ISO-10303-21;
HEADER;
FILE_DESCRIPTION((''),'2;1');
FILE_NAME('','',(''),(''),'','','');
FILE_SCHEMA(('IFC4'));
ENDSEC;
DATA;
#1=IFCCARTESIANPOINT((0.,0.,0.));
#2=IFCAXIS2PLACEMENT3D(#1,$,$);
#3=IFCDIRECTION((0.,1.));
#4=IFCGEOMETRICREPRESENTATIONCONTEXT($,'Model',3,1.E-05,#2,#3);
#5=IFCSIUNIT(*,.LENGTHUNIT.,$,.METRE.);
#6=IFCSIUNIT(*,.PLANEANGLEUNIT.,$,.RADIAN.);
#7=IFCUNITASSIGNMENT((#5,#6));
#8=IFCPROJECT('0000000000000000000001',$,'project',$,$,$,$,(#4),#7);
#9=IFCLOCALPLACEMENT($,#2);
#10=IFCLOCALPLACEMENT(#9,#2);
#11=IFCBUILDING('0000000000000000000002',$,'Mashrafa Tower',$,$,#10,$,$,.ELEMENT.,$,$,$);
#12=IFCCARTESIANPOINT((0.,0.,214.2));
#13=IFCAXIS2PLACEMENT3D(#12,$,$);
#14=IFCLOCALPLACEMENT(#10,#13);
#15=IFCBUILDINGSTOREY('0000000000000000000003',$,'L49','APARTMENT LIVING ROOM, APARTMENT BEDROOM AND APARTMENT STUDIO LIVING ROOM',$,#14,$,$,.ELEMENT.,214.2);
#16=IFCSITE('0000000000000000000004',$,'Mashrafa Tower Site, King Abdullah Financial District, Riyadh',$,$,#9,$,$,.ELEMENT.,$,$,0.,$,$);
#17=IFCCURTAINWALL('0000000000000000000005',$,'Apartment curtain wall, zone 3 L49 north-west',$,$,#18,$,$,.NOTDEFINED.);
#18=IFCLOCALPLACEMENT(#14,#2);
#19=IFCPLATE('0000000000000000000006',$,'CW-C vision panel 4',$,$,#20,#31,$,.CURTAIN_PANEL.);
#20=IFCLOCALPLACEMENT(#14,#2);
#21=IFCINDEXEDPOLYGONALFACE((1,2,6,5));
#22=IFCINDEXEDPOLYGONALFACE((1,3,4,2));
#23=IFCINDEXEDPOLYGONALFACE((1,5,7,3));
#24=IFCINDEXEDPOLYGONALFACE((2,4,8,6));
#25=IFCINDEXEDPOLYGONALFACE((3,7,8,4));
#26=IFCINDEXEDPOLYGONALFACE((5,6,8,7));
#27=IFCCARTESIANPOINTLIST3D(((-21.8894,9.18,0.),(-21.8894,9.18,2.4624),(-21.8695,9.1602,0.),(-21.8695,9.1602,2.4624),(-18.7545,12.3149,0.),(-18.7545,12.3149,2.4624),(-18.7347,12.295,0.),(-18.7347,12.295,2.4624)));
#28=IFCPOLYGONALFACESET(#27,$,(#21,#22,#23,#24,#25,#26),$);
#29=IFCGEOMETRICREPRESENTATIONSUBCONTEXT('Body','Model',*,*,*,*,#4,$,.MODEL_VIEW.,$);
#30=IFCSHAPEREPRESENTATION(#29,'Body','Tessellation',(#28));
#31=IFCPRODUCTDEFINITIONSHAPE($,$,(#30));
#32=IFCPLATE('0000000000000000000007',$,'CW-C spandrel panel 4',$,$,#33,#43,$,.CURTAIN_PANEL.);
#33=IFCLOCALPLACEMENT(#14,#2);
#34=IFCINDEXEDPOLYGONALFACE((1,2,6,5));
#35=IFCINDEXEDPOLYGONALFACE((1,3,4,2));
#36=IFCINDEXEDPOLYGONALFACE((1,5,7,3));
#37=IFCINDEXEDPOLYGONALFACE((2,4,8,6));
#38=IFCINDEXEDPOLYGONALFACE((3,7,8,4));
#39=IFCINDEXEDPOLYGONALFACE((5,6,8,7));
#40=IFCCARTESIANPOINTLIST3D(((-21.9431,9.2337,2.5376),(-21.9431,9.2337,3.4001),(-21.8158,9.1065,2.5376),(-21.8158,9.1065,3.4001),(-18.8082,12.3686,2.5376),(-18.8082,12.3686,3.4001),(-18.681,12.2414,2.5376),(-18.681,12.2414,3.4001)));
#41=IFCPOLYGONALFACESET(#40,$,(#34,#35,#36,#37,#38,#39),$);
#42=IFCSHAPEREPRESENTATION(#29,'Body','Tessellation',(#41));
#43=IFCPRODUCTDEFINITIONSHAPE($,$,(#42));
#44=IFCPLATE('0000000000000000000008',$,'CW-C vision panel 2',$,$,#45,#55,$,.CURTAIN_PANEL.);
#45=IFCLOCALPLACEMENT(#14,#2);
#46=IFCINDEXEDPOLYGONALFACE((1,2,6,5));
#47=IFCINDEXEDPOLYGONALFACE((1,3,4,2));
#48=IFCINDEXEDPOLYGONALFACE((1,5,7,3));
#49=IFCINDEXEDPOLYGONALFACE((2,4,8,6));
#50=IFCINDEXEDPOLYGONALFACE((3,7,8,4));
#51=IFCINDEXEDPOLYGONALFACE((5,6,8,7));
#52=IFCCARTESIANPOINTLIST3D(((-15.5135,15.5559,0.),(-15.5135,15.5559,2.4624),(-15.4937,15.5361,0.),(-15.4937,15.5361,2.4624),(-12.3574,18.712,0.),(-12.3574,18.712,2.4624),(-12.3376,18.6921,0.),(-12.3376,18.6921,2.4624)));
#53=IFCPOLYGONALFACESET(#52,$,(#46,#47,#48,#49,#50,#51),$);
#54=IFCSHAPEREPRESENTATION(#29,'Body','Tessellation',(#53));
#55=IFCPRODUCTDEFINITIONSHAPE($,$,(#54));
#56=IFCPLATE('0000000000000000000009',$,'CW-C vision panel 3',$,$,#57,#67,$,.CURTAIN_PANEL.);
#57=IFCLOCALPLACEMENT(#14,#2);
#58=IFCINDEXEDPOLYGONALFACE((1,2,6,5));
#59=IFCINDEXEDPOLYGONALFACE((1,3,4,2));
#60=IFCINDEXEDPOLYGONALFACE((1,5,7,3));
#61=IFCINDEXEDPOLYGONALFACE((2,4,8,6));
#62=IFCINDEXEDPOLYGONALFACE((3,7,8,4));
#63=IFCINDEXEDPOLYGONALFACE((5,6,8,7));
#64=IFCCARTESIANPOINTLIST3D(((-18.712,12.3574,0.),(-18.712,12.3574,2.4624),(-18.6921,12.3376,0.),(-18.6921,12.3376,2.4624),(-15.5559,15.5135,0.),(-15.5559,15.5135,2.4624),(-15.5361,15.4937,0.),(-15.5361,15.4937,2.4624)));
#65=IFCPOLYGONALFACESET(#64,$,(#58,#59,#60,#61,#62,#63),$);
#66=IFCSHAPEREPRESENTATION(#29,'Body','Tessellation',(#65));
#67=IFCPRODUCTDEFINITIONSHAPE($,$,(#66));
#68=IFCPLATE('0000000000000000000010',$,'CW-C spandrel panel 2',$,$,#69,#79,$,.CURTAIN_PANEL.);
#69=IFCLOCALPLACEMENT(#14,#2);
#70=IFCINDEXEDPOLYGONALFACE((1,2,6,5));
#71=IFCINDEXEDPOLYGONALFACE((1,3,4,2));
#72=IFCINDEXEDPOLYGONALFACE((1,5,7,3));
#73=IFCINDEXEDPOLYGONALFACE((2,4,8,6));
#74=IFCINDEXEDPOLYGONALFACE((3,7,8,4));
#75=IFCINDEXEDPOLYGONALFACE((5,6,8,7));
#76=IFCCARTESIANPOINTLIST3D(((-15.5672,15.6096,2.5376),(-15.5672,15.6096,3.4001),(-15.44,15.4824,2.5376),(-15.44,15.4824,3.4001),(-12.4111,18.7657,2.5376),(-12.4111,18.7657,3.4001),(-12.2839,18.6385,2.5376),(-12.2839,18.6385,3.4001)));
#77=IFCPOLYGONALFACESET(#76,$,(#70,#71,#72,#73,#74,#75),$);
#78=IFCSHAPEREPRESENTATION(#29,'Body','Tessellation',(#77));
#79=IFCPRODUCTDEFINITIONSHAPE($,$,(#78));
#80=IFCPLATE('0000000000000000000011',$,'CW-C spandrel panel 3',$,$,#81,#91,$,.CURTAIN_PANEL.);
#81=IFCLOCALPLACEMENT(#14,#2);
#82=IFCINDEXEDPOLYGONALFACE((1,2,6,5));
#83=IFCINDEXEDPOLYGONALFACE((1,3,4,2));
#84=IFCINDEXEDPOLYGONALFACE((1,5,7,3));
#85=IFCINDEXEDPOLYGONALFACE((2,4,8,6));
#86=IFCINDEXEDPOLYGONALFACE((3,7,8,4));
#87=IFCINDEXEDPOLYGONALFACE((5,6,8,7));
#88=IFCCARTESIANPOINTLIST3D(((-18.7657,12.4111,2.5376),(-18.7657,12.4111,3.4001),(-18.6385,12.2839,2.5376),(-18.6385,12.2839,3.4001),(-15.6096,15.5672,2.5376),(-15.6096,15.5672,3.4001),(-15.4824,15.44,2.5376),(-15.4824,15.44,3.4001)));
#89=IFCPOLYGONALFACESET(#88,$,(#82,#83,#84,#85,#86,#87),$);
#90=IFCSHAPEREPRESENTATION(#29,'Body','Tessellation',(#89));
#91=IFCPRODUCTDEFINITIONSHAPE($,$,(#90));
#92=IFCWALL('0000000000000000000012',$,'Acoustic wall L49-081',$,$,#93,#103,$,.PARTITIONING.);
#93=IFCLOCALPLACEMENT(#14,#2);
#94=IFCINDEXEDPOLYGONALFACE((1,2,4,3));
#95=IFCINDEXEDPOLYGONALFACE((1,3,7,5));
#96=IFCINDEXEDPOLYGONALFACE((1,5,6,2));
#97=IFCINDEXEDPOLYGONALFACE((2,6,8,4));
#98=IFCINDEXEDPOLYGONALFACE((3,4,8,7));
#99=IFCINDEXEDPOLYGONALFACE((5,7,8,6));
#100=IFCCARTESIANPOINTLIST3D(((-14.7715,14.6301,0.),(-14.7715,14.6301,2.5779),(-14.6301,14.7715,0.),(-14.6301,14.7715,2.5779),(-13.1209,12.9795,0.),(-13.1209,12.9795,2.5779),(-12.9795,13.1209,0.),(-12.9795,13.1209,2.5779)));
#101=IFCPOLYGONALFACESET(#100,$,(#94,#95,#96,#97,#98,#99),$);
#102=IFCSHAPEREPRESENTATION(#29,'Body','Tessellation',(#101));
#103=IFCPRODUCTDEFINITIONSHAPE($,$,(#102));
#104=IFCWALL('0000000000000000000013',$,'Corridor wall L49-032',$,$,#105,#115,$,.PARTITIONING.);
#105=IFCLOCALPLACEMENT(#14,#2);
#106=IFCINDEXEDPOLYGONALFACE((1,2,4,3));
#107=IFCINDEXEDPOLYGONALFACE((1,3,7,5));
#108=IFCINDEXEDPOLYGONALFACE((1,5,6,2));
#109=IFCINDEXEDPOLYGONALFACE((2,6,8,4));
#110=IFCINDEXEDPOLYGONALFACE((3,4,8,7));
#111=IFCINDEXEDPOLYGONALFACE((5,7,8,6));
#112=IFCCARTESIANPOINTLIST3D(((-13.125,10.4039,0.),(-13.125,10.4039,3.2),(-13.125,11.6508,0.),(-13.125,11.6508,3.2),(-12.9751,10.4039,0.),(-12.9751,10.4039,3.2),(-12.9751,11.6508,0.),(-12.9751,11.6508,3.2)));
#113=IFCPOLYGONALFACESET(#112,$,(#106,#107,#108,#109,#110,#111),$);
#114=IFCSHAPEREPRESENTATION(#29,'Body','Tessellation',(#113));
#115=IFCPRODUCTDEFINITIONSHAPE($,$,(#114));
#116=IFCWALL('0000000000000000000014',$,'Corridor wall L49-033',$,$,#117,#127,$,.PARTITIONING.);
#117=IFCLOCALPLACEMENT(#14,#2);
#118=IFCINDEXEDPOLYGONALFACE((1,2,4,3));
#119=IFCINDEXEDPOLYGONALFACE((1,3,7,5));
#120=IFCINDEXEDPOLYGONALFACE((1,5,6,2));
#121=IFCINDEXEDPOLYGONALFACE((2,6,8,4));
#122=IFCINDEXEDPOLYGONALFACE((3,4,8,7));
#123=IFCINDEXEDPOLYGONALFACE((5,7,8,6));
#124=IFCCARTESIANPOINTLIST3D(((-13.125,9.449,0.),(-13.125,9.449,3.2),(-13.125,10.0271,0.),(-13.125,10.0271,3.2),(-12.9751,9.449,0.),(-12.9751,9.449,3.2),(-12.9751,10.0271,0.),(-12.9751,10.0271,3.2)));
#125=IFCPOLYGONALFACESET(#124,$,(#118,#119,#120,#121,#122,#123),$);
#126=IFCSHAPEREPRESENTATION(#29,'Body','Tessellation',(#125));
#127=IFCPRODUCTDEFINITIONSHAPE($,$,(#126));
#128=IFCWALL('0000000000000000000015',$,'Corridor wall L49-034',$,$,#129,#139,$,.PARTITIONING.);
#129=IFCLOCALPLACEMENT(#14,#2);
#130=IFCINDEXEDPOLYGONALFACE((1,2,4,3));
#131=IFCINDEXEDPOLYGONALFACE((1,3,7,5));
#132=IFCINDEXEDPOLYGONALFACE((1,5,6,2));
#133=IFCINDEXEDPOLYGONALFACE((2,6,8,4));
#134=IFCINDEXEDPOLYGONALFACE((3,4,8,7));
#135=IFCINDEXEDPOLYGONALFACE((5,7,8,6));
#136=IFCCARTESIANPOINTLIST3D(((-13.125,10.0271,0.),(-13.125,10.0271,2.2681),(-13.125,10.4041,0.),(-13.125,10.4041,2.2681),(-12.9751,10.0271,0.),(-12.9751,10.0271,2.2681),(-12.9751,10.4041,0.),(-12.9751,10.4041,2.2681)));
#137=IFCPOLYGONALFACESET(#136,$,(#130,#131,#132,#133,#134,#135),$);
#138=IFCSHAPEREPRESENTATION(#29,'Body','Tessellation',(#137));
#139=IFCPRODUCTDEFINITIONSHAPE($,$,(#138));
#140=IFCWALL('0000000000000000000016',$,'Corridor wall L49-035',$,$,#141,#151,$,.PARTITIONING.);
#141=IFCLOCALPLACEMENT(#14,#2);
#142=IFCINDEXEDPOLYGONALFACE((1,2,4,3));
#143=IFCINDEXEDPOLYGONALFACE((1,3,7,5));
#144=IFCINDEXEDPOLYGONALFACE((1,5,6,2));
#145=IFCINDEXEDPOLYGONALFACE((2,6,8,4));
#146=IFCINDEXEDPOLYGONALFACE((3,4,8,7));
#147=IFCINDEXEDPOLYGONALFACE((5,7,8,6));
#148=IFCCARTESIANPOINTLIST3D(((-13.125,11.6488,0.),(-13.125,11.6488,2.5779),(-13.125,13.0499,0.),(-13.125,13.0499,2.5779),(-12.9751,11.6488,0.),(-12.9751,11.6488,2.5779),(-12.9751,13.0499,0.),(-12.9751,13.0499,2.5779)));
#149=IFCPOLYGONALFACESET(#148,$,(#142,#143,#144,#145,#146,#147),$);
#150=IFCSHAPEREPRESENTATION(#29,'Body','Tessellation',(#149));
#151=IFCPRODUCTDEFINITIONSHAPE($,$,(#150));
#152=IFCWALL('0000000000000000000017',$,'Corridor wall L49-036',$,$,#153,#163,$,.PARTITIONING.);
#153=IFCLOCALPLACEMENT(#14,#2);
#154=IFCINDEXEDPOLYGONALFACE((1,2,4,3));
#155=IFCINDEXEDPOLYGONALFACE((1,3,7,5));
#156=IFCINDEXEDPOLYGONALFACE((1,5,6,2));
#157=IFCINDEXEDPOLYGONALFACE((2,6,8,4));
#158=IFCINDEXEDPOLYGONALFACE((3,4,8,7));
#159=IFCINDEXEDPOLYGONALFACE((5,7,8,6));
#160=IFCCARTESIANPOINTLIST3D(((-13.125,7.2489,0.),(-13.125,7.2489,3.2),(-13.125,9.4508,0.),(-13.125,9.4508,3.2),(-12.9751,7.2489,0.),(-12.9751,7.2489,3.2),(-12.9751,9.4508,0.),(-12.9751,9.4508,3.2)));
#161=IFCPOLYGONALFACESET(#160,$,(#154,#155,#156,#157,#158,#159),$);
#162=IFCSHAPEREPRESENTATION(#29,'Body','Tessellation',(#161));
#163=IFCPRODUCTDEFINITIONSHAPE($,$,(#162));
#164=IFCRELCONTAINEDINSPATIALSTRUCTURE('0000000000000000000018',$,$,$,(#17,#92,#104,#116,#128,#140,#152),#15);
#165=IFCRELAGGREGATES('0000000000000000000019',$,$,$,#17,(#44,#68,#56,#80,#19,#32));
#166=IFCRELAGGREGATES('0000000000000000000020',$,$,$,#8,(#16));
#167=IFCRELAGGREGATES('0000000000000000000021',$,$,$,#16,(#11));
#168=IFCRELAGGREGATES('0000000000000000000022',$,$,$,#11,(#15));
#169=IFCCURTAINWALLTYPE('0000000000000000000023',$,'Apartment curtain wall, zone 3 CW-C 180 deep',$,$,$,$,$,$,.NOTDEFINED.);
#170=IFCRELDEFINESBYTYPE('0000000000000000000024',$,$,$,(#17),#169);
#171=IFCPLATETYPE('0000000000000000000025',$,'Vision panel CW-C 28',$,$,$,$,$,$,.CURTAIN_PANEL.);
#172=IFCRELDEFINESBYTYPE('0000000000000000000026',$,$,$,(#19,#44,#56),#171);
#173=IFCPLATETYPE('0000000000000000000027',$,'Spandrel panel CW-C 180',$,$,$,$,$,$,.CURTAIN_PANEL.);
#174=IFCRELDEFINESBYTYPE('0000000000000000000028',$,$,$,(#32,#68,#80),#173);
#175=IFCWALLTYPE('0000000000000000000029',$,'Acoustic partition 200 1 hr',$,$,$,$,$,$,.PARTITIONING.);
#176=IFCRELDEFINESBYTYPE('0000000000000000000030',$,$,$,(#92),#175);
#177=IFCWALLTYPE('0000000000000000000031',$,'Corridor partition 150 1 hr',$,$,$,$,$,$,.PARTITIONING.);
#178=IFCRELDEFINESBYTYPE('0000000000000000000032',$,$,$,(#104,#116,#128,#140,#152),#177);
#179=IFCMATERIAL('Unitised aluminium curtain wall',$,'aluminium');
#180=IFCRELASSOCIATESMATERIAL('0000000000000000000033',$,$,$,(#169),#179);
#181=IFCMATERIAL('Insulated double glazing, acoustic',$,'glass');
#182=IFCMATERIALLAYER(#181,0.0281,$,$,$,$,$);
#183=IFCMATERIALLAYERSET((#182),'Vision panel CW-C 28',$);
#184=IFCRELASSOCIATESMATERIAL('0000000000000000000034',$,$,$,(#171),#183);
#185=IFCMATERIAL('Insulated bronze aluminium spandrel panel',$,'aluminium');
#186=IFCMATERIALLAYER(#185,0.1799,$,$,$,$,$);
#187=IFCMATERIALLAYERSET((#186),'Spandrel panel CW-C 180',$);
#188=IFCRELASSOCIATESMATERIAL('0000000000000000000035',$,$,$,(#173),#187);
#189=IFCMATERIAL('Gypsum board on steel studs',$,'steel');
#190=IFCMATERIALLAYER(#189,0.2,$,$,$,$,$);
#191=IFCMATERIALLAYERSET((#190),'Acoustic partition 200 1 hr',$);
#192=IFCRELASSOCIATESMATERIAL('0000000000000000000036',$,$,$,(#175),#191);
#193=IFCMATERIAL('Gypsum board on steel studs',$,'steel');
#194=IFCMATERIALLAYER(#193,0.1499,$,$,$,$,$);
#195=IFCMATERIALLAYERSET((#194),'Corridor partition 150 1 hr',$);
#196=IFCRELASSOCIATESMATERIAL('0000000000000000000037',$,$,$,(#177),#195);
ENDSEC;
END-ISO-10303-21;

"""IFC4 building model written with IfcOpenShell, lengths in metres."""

from ifc_helpers import new_model, si_unit, direction, frame, frame_2d, origin, origin_2d, place, context, subcontext, project, spatial, rectangle, extrude, source, transform, mapped, material, layer, layer_set, type_object, type_shapes, element, aggregate, save


model = new_model("IFC4")

# Units and contexts
model_context = context("Model", 3, precision=1e-05, world=origin(), true_north=direction((0.0, 1.0)))
body_context = subcontext(model_context, "Body", "Model", "MODEL_VIEW")
ifc_project = project(units=[si_unit("LENGTHUNIT", "METRE"), si_unit("PLANEANGLEUNIT", "RADIAN")], contexts=[model_context])

# Site, building, storey
site_placement = place(None, origin())
site = spatial("IfcSite", under=ifc_project, at=site_placement, Name="Mashrafa Tower Site, King Abdullah Financial District, Riyadh", CompositionType="ELEMENT", RefElevation=0.0)
building_placement = place(site_placement, origin())
building = spatial("IfcBuilding", under=site, at=building_placement, Name="Mashrafa Tower", CompositionType="ELEMENT")
storey_placement = place(building_placement, frame((0.0, 0.0, 214.2)))
storey = spatial("IfcBuildingStorey", under=building, at=storey_placement, Name="L49", Description="APARTMENT LIVING ROOM, APARTMENT BEDROOM AND APARTMENT STUDIO LIVING ROOM", CompositionType="ELEMENT", Elevation=214.2)

# Curtain wall, plates
ifc_material_1 = material(Name="Unitised aluminium curtain wall", Category="aluminium")
curtain_wall_type = type_object("IfcCurtainWallType", Name="Apartment curtain wall, zone 3 CW-C 180 deep", PredefinedType="NOTDEFINED", material=ifc_material_1)
curtain_wall_placement = place(storey_placement, origin())
curtain_wall = element("IfcCurtainWall", 1, at=curtain_wall_placement, inside=storey, type_object=curtain_wall_type, Name="Apartment curtain wall, zone 3 L49 north-west", PredefinedType="NOTDEFINED")
ifc_material_2 = material(Name="Insulated double glazing, acoustic", Category="glass")
ifc_layer_1 = layer(ifc_material_2, 0.0281)
ifc_layer_set_1 = layer_set([ifc_layer_1], Name="Vision panel CW-C 28")
plate_type_1 = type_object("IfcPlateType", Name="Vision panel CW-C 28", PredefinedType="CURTAIN_PANEL", material=ifc_layer_set_1)
shared_shape_1 = source(origin(), body_context, "Body", "SweptSolid", [
    extrude(rectangle(XDim=4.4333, YDim=0.0281, at=origin_2d()), origin(), (0.0, 0.0, 1.0), 2.4624),
])
plate_1_placement = place(storey_placement, frame((-20.312, 10.7375, 0.0), z_axis=(0.0, 0.0, 1.0), x_axis=(-0.707107, -0.707107, 0.0)))
plate_1 = element("IfcPlate", 2, at=plate_1_placement, type_object=plate_type_1, Name="CW-C vision panel 4", PredefinedType="CURTAIN_PANEL", context=body_context, shape_type="MappedRepresentation", body=[
    mapped(shared_shape_1, transform((0.0, 0.0, 0.0))),
])
ifc_material_3 = material(Name="Insulated bronze aluminium spandrel panel", Category="aluminium")
ifc_layer_2 = layer(ifc_material_3, 0.1799)
ifc_layer_set_2 = layer_set([ifc_layer_2], Name="Spandrel panel CW-C 180")
plate_type_2 = type_object("IfcPlateType", Name="Spandrel panel CW-C 180", PredefinedType="CURTAIN_PANEL", material=ifc_layer_set_2)
shared_shape_2 = source(origin(), body_context, "Body", "SweptSolid", [
    extrude(rectangle(XDim=4.4333, YDim=0.1799, at=origin_2d()), origin(), (0.0, 0.0, 1.0), 0.8625),
])
plate_2_placement = place(storey_placement, frame((-20.312, 10.7375, 2.5376), z_axis=(0.0, 0.0, 1.0), x_axis=(-0.707107, -0.707107, 0.0)))
plate_2 = element("IfcPlate", 3, at=plate_2_placement, type_object=plate_type_2, Name="CW-C spandrel panel 4", PredefinedType="CURTAIN_PANEL", context=body_context, shape_type="MappedRepresentation", body=[
    mapped(shared_shape_2, transform((0.0, 0.0, 0.0))),
])
shared_shape_3 = source(origin(), body_context, "Body", "SweptSolid", [
    extrude(rectangle(XDim=4.4634, YDim=0.0281, at=origin_2d()), origin(), (0.0, 0.0, 1.0), 2.4624),
])
type_shapes(plate_type_1, [shared_shape_1, shared_shape_3])
plate_3_placement = place(storey_placement, frame((-13.9255, 17.124, 0.0), z_axis=(0.0, 0.0, 1.0), x_axis=(-0.707107, -0.707107, 0.0)))
plate_3 = element("IfcPlate", 4, at=plate_3_placement, type_object=plate_type_1, Name="CW-C vision panel 2", PredefinedType="CURTAIN_PANEL", context=body_context, shape_type="MappedRepresentation", body=[
    mapped(shared_shape_3, transform((0.0, 0.0, 0.0))),
])
plate_4_placement = place(storey_placement, frame((-17.124, 13.9255, 0.0), z_axis=(0.0, 0.0, 1.0), x_axis=(-0.707107, -0.707107, 0.0)))
plate_4 = element("IfcPlate", 5, at=plate_4_placement, type_object=plate_type_1, Name="CW-C vision panel 3", PredefinedType="CURTAIN_PANEL", context=body_context, shape_type="MappedRepresentation", body=[
    mapped(shared_shape_3, transform((0.0, 0.0, 0.0))),
])
shared_shape_4 = source(origin(), body_context, "Body", "SweptSolid", [
    extrude(rectangle(XDim=4.4634, YDim=0.1799, at=origin_2d()), origin(), (0.0, 0.0, 1.0), 0.8625),
])
type_shapes(plate_type_2, [shared_shape_2, shared_shape_4])
plate_5_placement = place(storey_placement, frame((-13.9255, 17.124, 2.5376), z_axis=(0.0, 0.0, 1.0), x_axis=(-0.707107, -0.707107, 0.0)))
plate_5 = element("IfcPlate", 6, at=plate_5_placement, type_object=plate_type_2, Name="CW-C spandrel panel 2", PredefinedType="CURTAIN_PANEL", context=body_context, shape_type="MappedRepresentation", body=[
    mapped(shared_shape_4, transform((0.0, 0.0, 0.0))),
])
plate_6_placement = place(storey_placement, frame((-17.124, 13.9255, 2.5376), z_axis=(0.0, 0.0, 1.0), x_axis=(-0.707107, -0.707107, 0.0)))
plate_6 = element("IfcPlate", 7, at=plate_6_placement, type_object=plate_type_2, Name="CW-C spandrel panel 3", PredefinedType="CURTAIN_PANEL", context=body_context, shape_type="MappedRepresentation", body=[
    mapped(shared_shape_4, transform((0.0, 0.0, 0.0))),
])
aggregate(curtain_wall, [plate_3, plate_5, plate_4, plate_6, plate_1, plate_2])

# Walls
ifc_material_4 = material(Name="Gypsum board on steel studs", Category="steel")
ifc_layer_3 = layer(ifc_material_4, 0.2)
ifc_layer_set_3 = layer_set([ifc_layer_3], Name="Acoustic partition 200 1 hr")
wall_type_1 = type_object("IfcWallType", Name="Acoustic partition 200 1 hr", PredefinedType="PARTITIONING", material=ifc_layer_set_3)
wall_1_placement = place(storey_placement, frame((-14.7007, 14.7007, 0.0), z_axis=(0.0, 0.0, 1.0), x_axis=(0.707107, -0.707107, 0.0)))
element("IfcWall", 8, at=wall_1_placement, inside=storey, type_object=wall_type_1, Name="Acoustic wall L49-081", PredefinedType="PARTITIONING", context=body_context, shape_type="SweptSolid", body=[
    extrude(rectangle(XDim=2.3342, YDim=0.2, at=frame_2d((1.167, 0.0))), origin(), (0.0, 0.0, 1.0), 2.5779),
])
ifc_material_5 = material(Name="Gypsum board on steel studs", Category="steel")
ifc_layer_4 = layer(ifc_material_5, 0.1499)
ifc_layer_set_4 = layer_set([ifc_layer_4], Name="Corridor partition 150 1 hr")
wall_type_2 = type_object("IfcWallType", Name="Corridor partition 150 1 hr", PredefinedType="PARTITIONING", material=ifc_layer_set_4)
wall_2_placement = place(storey_placement, frame((-13.05, 11.6509, 0.0), z_axis=(0.0, 0.0, 1.0), x_axis=(0.0, -1.0, 0.0)))
element("IfcWall", 9, at=wall_2_placement, inside=storey, type_object=wall_type_2, Name="Corridor wall L49-032", PredefinedType="PARTITIONING", context=body_context, shape_type="SweptSolid", body=[
    extrude(rectangle(XDim=1.2468, YDim=0.1499, at=frame_2d((0.6235, 0.0))), origin(), (0.0, 0.0, 1.0), 3.2),
])
wall_3_placement = place(storey_placement, frame((-13.05, 10.0271, 0.0), z_axis=(0.0, 0.0, 1.0), x_axis=(0.0, -1.0, 0.0)))
element("IfcWall", 10, at=wall_3_placement, inside=storey, type_object=wall_type_2, Name="Corridor wall L49-033", PredefinedType="PARTITIONING", context=body_context, shape_type="SweptSolid", body=[
    extrude(rectangle(XDim=0.5781, YDim=0.1499, at=frame_2d((0.2891, 0.0))), origin(), (0.0, 0.0, 1.0), 3.2),
])
wall_4_placement = place(storey_placement, frame((-13.05, 10.4041, 0.0), z_axis=(0.0, 0.0, 1.0), x_axis=(0.0, -1.0, 0.0)))
element("IfcWall", 11, at=wall_4_placement, inside=storey, type_object=wall_type_2, Name="Corridor wall L49-034", PredefinedType="PARTITIONING", context=body_context, shape_type="SweptSolid", body=[
    extrude(rectangle(XDim=0.377, YDim=0.1499, at=frame_2d((0.1885, 0.0))), origin(), (0.0, 0.0, 1.0), 2.2681),
])
wall_5_placement = place(storey_placement, frame((-13.05, 13.05, 0.0), z_axis=(0.0, 0.0, 1.0), x_axis=(0.0, -1.0, 0.0)))
element("IfcWall", 12, at=wall_5_placement, inside=storey, type_object=wall_type_2, Name="Corridor wall L49-035", PredefinedType="PARTITIONING", context=body_context, shape_type="SweptSolid", body=[
    extrude(rectangle(XDim=1.4011, YDim=0.1499, at=frame_2d((0.7007, 0.0))), origin(), (0.0, 0.0, 1.0), 2.5779),
])
wall_6_placement = place(storey_placement, frame((-13.05, 9.4509, 0.0), z_axis=(0.0, 0.0, 1.0), x_axis=(0.0, -1.0, 0.0)))
element("IfcWall", 13, at=wall_6_placement, inside=storey, type_object=wall_type_2, Name="Corridor wall L49-036", PredefinedType="PARTITIONING", context=body_context, shape_type="SweptSolid", body=[
    extrude(rectangle(XDim=2.2019, YDim=0.1499, at=frame_2d((1.1011, 0.0))), origin(), (0.0, 0.0, 1.0), 3.2),
])

save(model, "model.ifc")
